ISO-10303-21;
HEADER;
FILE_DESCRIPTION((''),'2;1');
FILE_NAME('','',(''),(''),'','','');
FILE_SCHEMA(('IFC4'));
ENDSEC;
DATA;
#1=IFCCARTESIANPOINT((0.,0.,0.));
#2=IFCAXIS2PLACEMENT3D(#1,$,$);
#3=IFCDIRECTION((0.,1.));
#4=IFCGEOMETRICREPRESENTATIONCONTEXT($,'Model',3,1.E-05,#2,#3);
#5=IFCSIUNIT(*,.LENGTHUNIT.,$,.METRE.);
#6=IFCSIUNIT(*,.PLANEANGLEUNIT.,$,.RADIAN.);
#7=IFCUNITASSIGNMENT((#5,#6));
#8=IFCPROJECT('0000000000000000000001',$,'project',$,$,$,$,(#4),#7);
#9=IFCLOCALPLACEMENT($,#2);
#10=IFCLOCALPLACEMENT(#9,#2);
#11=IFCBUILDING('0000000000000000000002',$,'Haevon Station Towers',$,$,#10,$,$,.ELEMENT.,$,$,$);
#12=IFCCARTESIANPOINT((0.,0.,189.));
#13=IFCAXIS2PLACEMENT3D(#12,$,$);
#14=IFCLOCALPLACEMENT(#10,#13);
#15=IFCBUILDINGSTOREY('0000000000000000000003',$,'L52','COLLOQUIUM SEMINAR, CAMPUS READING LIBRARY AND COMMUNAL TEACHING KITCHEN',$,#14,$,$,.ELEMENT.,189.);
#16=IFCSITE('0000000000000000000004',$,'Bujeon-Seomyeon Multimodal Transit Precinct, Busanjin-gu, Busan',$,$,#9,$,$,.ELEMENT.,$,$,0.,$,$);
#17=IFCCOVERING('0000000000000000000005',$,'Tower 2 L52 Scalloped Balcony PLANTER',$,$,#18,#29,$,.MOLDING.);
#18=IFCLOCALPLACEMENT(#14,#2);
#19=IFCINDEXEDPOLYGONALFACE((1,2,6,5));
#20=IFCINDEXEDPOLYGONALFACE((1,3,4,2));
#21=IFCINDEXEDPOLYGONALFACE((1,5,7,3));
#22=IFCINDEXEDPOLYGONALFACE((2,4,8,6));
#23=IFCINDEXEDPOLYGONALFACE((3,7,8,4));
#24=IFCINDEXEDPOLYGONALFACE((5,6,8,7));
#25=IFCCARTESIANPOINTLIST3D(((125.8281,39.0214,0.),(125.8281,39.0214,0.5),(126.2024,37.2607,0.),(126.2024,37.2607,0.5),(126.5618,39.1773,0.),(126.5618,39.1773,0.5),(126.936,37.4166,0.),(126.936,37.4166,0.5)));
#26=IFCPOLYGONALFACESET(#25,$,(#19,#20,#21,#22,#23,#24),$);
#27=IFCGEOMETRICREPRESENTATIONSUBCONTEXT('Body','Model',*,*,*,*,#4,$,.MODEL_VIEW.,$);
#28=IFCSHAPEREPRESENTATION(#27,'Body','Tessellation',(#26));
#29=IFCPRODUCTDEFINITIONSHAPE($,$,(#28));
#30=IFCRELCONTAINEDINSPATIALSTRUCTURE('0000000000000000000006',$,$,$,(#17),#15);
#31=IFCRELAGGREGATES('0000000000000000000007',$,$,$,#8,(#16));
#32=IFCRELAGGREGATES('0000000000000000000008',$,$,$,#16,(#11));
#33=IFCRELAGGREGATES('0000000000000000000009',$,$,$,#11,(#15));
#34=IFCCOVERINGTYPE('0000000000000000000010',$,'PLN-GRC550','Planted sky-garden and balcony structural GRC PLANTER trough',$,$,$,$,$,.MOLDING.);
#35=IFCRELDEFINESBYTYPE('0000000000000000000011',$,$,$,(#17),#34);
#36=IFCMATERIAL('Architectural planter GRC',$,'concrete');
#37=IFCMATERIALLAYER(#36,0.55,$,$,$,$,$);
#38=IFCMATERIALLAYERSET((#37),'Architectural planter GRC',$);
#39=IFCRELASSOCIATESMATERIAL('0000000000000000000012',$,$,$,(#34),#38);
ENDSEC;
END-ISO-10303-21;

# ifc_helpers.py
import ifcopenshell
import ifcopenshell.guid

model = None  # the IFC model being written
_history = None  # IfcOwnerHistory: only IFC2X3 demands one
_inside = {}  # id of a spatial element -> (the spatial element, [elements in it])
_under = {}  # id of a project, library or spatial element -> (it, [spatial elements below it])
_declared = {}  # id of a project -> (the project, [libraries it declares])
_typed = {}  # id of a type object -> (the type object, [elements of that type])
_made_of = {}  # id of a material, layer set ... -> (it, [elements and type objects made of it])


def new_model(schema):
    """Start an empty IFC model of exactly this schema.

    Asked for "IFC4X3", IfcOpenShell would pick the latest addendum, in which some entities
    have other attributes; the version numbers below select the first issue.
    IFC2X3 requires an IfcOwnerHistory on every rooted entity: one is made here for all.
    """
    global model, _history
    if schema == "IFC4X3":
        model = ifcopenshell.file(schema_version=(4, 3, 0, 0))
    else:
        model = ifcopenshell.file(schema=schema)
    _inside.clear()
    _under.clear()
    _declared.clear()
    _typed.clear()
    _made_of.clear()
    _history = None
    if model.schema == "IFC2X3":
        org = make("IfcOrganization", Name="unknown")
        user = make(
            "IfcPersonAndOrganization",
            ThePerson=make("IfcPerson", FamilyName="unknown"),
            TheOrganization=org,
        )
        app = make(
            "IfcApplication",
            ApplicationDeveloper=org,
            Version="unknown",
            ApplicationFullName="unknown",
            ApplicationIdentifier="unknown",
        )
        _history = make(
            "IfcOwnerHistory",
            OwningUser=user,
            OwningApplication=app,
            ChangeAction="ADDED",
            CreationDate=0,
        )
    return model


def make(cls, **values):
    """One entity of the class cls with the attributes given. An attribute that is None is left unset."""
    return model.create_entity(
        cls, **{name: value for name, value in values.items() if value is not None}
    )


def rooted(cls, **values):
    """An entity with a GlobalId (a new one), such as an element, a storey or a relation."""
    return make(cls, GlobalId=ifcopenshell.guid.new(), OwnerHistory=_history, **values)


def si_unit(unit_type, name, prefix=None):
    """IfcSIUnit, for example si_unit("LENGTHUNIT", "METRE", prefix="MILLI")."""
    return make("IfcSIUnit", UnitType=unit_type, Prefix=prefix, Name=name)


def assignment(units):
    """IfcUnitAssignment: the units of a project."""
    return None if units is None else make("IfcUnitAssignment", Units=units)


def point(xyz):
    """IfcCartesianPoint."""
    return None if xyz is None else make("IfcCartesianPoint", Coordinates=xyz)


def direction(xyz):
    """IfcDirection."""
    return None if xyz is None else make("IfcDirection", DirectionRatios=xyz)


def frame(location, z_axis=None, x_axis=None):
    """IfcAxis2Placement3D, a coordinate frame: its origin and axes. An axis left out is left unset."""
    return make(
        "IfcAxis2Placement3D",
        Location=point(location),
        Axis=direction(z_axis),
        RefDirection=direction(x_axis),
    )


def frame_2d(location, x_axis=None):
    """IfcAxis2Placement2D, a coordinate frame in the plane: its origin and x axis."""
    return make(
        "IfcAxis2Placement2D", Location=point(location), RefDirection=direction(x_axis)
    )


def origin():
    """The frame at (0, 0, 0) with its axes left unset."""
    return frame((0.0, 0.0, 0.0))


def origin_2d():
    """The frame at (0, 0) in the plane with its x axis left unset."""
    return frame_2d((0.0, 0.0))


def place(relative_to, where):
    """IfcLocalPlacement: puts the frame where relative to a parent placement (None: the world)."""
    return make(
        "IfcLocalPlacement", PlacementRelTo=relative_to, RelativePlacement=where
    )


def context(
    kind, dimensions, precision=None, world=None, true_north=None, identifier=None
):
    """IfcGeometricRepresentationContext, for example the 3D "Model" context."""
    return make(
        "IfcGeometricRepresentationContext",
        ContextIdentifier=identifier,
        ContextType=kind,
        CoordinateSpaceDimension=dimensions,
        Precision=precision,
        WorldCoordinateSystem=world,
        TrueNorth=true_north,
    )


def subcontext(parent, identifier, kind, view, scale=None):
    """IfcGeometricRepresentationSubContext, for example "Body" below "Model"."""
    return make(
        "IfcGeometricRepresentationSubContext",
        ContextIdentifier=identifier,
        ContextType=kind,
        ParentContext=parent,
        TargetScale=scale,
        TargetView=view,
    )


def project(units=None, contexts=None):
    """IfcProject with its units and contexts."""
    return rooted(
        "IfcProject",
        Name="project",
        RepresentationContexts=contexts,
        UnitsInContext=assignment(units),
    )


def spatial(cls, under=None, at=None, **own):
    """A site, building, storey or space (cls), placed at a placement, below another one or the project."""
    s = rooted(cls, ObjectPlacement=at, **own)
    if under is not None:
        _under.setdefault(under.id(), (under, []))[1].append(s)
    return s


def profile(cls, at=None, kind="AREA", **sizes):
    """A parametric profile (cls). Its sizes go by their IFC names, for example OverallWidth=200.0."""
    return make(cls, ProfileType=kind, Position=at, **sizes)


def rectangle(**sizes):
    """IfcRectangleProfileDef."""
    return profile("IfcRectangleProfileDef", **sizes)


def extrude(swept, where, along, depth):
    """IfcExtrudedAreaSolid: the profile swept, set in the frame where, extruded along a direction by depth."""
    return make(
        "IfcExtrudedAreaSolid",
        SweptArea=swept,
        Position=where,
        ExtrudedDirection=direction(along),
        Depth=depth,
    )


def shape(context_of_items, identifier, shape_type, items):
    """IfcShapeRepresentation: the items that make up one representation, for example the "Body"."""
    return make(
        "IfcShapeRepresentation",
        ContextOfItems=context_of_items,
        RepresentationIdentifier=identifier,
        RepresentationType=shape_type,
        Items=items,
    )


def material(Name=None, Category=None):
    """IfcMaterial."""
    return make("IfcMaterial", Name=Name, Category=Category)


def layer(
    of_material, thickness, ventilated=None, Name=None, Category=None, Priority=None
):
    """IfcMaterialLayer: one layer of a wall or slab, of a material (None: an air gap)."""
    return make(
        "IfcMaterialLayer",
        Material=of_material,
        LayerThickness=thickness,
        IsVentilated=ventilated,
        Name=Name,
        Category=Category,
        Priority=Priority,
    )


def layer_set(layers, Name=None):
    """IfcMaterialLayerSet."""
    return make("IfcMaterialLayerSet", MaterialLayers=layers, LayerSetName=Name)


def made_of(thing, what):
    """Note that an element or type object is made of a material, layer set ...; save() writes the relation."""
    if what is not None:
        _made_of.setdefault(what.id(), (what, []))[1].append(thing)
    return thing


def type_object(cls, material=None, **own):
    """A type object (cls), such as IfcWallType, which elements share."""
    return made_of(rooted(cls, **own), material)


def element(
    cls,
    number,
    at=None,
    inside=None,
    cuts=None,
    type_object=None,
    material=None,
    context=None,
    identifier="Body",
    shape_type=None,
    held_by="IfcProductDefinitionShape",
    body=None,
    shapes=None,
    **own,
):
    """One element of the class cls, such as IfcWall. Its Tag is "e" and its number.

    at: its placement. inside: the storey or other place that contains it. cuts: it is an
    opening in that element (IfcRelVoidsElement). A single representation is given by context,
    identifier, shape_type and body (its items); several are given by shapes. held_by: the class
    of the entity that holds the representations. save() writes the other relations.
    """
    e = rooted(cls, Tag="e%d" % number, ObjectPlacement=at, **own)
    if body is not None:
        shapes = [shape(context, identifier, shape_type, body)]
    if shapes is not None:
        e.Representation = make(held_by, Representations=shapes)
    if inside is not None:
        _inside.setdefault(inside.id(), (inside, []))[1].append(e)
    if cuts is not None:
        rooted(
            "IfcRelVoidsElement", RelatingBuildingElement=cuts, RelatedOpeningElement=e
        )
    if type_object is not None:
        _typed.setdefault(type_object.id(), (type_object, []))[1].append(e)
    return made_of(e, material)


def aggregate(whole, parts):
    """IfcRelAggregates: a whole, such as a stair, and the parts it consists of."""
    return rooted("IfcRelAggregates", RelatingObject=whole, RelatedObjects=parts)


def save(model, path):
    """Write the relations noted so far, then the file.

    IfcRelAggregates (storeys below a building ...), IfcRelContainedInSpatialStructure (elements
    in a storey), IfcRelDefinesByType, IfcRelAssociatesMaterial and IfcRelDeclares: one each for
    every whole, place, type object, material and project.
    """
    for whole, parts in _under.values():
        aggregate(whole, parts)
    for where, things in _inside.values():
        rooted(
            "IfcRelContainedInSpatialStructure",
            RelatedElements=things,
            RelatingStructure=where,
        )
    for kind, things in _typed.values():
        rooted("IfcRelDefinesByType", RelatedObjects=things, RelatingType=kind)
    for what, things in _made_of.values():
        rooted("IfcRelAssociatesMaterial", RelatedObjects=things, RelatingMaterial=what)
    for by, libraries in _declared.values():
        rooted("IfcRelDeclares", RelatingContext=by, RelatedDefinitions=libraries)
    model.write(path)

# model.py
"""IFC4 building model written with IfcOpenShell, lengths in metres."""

from ifc_helpers import new_model, si_unit, direction, frame, origin, origin_2d, place, context, subcontext, project, spatial, rectangle, extrude, material, layer, layer_set, type_object, element, save


model = new_model("IFC4")

# Units and contexts
model_context = context("Model", 3, precision=1e-05, world=origin(), true_north=direction((0.0, 1.0)))
body_context = subcontext(model_context, "Body", "Model", "MODEL_VIEW")
ifc_project = project(units=[si_unit("LENGTHUNIT", "METRE"), si_unit("PLANEANGLEUNIT", "RADIAN")], contexts=[model_context])

# Site, building, storey
site_placement = place(None, origin())
site = spatial("IfcSite", under=ifc_project, at=site_placement, Name="Bujeon-Seomyeon Multimodal Transit Precinct, Busanjin-gu, Busan", CompositionType="ELEMENT", RefElevation=0.0)
building_placement = place(site_placement, origin())
building = spatial("IfcBuilding", under=site, at=building_placement, Name="Haevon Station Towers", CompositionType="ELEMENT")
storey_placement = place(building_placement, frame((0.0, 0.0, 189.0)))
storey = spatial("IfcBuildingStorey", under=building, at=storey_placement, Name="L52", Description="COLLOQUIUM SEMINAR, CAMPUS READING LIBRARY AND COMMUNAL TEACHING KITCHEN", CompositionType="ELEMENT", Elevation=189.0)

# Covering
ifc_material_1 = material(Name="Architectural planter GRC", Category="concrete")
ifc_layer_1 = layer(ifc_material_1, 0.55)
ifc_layer_set_1 = layer_set([ifc_layer_1], Name="Architectural planter GRC")
covering_type = type_object("IfcCoveringType", Name="PLN-GRC550", Description="Planted sky-garden and balcony structural GRC PLANTER trough", PredefinedType="MOLDING", material=ifc_layer_set_1)
covering_placement = place(storey_placement, frame((126.3821, 38.219, 0.0), z_axis=(0.0, 0.0, 1.0), x_axis=(0.978148, 0.207912, 0.0)))
element("IfcCovering", 1, at=covering_placement, inside=storey, type_object=covering_type, Name="Tower 2 L52 Scalloped Balcony PLANTER", PredefinedType="MOLDING", context=body_context, shape_type="SweptSolid", body=[
    extrude(rectangle(XDim=0.75, YDim=1.8, at=origin_2d()), origin(), (0.0, 0.0, 1.0), 0.5),
])

save(model, "model.ifc")
